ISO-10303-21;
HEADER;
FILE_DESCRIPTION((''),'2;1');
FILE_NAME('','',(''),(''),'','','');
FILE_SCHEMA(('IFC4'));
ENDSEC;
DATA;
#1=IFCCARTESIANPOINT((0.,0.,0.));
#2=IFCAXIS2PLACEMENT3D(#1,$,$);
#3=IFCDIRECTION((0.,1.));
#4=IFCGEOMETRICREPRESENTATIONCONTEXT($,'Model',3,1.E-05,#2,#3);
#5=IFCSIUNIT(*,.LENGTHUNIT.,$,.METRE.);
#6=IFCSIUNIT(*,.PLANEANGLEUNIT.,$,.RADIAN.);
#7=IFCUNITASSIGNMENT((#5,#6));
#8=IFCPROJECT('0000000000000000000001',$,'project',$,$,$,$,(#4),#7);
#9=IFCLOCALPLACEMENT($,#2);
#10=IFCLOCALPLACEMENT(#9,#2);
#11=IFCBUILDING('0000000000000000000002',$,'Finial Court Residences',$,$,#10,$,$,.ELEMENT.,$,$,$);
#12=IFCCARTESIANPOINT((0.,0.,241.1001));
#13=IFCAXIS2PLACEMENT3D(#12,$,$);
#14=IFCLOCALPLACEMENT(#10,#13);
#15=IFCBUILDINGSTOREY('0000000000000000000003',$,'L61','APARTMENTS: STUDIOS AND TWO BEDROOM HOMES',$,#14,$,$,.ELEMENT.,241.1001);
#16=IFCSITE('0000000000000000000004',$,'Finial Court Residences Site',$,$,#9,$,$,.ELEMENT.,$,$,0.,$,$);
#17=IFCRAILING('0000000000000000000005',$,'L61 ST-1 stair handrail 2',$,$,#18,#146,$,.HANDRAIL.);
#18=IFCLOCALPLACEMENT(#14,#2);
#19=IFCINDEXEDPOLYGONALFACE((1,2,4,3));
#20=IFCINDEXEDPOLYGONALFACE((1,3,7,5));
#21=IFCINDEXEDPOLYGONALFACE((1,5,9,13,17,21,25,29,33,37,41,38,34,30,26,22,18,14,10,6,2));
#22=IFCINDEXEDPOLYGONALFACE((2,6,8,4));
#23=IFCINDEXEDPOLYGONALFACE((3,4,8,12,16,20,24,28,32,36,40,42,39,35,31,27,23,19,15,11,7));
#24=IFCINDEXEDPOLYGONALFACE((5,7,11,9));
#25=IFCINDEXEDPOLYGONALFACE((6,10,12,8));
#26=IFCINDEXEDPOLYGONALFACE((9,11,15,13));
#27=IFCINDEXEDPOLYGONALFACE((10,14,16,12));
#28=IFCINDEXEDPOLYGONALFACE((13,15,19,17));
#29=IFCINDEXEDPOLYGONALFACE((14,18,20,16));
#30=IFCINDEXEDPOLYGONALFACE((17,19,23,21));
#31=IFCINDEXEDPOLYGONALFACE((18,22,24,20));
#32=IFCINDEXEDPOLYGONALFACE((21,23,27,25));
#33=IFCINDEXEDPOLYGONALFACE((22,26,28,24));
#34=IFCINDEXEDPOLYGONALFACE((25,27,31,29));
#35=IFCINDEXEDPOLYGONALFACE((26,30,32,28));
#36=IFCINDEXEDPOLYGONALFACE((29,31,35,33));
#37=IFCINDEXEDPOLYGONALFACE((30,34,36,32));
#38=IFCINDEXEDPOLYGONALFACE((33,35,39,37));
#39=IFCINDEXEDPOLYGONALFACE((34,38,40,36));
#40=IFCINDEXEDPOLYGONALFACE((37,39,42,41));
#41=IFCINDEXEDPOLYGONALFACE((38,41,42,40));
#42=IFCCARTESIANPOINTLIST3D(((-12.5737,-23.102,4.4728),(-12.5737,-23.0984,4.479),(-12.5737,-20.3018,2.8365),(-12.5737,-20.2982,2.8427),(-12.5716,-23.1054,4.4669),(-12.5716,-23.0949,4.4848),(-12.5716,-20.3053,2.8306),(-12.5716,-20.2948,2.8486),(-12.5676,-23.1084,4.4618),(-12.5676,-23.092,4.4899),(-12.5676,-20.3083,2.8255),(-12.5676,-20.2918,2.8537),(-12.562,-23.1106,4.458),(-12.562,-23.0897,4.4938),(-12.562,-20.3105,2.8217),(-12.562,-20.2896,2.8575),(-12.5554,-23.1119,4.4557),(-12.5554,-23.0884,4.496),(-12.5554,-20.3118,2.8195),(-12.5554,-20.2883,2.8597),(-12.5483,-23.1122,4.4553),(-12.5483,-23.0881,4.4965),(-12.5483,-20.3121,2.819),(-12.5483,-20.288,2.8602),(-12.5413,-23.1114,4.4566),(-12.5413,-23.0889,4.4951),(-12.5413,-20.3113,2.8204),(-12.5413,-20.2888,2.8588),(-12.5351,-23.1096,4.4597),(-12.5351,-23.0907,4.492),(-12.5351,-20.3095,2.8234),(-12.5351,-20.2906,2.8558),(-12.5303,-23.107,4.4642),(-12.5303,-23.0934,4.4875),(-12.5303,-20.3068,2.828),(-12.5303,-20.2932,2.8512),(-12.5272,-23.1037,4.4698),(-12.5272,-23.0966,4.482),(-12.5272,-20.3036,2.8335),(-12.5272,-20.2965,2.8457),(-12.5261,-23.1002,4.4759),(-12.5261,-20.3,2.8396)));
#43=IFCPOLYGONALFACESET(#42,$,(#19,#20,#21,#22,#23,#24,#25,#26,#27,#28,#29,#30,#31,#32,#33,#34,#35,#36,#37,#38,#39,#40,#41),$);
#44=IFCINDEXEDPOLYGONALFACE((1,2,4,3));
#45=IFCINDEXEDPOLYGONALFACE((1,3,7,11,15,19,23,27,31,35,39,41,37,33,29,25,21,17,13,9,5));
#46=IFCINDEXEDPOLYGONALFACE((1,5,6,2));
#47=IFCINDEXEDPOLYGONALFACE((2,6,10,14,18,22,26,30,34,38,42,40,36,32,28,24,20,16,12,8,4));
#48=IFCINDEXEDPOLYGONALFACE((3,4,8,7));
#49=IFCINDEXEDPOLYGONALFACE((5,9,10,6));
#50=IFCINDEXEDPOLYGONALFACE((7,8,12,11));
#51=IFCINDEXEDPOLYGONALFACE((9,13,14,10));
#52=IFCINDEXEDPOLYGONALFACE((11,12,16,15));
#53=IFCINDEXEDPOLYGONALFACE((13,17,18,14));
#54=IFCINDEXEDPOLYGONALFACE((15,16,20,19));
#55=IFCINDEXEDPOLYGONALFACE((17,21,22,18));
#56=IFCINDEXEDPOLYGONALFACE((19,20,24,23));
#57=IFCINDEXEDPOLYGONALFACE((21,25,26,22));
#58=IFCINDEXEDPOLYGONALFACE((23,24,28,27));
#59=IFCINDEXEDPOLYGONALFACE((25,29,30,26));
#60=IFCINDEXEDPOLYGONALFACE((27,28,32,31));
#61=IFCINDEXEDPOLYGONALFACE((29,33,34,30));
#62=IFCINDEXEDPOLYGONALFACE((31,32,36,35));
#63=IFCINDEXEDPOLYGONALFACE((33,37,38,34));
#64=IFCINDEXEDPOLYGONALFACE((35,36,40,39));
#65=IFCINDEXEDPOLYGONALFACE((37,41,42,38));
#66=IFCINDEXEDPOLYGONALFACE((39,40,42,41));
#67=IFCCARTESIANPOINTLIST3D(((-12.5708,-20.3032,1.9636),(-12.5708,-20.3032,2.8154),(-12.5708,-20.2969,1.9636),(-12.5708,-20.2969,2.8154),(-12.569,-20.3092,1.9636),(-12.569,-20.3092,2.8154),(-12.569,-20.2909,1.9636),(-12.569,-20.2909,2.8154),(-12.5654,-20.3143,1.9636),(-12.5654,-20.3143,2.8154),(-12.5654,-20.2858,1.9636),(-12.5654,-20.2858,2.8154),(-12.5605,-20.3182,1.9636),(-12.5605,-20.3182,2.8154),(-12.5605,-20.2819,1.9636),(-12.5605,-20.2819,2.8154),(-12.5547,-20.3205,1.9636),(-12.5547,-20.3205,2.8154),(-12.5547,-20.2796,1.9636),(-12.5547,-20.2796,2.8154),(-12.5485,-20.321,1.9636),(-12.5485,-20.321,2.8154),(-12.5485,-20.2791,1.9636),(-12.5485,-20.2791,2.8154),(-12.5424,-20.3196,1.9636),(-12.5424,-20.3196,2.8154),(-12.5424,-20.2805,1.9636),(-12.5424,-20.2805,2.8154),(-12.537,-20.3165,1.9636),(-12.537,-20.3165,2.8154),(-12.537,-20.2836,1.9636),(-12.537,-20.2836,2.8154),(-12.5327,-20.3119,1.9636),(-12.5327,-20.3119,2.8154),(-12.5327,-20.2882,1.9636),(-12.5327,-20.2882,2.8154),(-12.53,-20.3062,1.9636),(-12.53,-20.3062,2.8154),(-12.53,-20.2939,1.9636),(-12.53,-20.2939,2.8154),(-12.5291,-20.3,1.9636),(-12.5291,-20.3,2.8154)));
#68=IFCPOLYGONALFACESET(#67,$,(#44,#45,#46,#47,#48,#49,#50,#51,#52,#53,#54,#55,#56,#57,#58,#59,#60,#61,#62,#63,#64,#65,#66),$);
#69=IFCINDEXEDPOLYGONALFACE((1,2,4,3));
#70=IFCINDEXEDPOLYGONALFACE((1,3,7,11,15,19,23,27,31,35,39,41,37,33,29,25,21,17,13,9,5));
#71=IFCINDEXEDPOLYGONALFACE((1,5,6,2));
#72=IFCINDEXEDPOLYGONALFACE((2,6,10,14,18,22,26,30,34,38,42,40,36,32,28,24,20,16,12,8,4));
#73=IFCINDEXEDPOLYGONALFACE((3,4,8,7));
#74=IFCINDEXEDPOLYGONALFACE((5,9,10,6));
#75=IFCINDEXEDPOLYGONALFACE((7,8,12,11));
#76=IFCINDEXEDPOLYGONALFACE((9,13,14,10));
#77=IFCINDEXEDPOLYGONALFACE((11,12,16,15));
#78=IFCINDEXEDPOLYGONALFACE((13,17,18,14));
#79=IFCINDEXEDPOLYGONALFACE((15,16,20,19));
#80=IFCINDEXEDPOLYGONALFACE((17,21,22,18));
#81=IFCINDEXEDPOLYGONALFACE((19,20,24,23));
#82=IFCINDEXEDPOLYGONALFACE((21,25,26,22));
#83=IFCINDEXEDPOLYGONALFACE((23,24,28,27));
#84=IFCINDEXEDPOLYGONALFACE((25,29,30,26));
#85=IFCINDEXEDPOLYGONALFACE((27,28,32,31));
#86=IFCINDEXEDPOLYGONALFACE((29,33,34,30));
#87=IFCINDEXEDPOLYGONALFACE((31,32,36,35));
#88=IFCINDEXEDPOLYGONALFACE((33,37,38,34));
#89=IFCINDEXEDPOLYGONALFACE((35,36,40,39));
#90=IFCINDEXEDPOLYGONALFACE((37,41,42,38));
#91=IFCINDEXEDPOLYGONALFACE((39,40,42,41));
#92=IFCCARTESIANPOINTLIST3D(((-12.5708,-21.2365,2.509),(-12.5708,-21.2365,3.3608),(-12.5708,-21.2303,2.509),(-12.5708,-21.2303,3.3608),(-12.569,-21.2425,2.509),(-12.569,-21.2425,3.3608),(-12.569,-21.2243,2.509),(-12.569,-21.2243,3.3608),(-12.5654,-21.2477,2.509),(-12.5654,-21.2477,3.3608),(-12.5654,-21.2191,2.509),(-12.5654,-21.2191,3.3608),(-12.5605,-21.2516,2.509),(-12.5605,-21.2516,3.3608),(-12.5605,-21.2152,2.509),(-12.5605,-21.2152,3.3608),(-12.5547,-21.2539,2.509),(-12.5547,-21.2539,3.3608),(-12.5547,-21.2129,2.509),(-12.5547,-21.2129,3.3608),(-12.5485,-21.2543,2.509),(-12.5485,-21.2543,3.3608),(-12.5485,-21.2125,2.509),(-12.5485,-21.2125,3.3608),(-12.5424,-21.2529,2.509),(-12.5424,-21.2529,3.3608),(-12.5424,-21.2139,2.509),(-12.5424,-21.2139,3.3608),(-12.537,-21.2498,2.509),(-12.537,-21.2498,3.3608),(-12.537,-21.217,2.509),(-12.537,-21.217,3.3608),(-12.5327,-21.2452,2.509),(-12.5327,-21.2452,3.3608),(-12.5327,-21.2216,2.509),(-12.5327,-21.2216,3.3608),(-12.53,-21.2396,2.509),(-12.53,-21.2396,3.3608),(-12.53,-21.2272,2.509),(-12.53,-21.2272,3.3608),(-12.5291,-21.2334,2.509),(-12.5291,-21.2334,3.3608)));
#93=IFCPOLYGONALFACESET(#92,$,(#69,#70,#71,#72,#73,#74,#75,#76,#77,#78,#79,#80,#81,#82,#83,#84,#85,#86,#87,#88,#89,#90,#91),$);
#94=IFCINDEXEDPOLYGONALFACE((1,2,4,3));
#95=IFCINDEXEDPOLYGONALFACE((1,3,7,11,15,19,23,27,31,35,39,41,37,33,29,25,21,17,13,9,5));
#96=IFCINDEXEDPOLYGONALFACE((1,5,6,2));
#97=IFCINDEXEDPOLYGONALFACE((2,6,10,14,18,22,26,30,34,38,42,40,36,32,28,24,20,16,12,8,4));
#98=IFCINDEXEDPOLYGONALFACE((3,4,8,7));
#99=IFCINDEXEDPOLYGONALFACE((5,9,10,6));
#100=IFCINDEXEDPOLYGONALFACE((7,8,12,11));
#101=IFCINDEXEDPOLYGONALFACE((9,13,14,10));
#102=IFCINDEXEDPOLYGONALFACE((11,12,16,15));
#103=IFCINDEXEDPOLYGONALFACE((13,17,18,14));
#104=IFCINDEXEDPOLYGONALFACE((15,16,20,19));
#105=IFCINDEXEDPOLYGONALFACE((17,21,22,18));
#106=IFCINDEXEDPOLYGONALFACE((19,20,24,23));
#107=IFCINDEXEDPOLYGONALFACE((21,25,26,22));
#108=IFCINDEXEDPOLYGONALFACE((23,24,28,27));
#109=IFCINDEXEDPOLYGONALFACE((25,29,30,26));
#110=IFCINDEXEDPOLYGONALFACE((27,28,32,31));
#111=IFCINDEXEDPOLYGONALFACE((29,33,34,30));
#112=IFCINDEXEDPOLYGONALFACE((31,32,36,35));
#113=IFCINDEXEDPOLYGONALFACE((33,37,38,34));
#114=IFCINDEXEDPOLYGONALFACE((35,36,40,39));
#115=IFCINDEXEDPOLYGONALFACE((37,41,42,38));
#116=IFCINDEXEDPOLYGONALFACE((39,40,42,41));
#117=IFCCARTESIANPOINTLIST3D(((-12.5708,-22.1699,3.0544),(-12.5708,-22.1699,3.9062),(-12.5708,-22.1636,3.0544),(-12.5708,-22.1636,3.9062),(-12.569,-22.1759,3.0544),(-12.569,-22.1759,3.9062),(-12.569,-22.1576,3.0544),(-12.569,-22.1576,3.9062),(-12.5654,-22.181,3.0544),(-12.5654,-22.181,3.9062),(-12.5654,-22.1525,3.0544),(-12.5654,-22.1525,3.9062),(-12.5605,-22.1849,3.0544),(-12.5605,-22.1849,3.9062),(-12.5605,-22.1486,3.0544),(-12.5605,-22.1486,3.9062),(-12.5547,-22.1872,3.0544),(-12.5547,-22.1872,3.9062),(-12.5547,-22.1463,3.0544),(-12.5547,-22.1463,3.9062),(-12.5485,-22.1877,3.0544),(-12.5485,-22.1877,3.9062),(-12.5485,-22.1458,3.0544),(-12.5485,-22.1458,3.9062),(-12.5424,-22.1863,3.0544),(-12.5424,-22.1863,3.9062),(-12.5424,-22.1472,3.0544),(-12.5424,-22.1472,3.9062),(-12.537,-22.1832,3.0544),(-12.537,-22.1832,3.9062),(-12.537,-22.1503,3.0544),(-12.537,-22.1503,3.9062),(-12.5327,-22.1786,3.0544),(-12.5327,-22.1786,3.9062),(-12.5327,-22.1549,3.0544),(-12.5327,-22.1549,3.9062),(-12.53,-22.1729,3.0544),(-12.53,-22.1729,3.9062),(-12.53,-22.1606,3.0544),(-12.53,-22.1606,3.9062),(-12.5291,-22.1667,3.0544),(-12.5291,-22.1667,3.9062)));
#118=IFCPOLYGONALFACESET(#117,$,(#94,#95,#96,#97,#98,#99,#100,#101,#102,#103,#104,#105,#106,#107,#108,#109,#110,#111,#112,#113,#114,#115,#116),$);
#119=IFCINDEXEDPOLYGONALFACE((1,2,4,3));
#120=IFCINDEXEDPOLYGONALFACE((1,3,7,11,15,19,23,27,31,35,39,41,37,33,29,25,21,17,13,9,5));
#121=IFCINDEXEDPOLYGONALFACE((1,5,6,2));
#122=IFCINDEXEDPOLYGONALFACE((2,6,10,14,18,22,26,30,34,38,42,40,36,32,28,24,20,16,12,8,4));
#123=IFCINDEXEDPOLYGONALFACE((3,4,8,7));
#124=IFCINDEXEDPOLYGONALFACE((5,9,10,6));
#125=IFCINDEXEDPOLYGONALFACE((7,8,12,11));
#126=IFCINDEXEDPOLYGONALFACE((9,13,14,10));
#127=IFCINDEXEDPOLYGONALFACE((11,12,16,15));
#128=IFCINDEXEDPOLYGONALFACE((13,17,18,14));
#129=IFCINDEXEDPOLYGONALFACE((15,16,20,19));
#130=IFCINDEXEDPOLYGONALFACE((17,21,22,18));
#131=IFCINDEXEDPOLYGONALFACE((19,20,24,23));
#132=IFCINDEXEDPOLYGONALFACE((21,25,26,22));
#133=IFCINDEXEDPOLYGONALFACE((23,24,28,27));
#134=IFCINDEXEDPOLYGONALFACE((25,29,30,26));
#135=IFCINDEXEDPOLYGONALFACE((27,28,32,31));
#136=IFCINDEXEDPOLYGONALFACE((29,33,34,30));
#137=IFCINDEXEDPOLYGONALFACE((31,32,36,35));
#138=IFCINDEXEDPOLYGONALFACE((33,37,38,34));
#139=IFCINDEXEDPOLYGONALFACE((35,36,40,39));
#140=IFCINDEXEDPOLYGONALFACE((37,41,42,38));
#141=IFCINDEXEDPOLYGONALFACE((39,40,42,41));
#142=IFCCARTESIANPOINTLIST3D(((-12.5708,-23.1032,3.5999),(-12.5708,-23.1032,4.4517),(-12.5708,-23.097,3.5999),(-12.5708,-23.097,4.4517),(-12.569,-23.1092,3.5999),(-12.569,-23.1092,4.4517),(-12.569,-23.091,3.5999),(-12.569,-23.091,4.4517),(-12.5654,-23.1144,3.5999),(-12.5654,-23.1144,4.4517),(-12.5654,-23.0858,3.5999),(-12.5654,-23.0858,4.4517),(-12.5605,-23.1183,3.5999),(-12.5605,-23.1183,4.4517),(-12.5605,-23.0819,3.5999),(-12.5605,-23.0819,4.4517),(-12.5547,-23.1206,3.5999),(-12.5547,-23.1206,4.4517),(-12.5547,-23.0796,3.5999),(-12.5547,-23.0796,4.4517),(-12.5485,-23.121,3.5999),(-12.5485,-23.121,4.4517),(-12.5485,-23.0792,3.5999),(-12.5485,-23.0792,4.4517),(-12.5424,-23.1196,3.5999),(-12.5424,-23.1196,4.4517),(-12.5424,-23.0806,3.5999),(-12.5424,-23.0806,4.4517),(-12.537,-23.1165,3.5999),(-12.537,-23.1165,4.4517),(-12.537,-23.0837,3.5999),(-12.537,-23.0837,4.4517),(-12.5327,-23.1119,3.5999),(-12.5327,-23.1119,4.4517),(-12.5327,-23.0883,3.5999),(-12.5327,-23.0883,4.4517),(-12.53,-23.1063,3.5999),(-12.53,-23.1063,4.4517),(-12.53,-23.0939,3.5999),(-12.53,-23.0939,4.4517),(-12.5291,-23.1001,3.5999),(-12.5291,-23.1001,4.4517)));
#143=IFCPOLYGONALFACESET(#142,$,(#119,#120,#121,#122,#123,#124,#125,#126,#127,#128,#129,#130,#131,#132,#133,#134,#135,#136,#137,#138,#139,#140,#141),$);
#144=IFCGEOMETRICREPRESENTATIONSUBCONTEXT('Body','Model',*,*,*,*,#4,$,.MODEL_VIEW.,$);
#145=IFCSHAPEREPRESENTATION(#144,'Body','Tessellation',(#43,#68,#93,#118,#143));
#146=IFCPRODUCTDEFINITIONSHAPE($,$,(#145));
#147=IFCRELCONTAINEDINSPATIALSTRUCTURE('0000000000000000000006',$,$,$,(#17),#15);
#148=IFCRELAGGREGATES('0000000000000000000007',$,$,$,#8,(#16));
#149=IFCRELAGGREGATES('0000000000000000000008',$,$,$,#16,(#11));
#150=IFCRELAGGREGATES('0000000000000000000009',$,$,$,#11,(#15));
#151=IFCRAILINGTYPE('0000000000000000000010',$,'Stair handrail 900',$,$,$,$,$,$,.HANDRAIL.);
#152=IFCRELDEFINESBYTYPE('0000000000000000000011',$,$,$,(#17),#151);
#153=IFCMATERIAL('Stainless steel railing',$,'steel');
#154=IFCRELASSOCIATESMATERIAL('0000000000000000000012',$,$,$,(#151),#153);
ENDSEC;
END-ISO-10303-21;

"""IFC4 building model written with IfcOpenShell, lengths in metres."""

from ifc_helpers import new_model, si_unit, direction, frame, origin, origin_2d, place, context, subcontext, project, spatial, circle, extrude, material, type_object, element, save


model = new_model("IFC4")

# Units and contexts
model_context = context("Model", 3, precision=1e-05, world=origin(), true_north=direction((0.0, 1.0)))
body_context = subcontext(model_context, "Body", "Model", "MODEL_VIEW")
ifc_project = project(units=[si_unit("LENGTHUNIT", "METRE"), si_unit("PLANEANGLEUNIT", "RADIAN")], contexts=[model_context])

# Site, building, storey
site_placement = place(None, origin())
site = spatial("IfcSite", under=ifc_project, at=site_placement, Name="Finial Court Residences Site", CompositionType="ELEMENT", RefElevation=0.0)
building_placement = place(site_placement, origin())
building = spatial("IfcBuilding", under=site, at=building_placement, Name="Finial Court Residences", CompositionType="ELEMENT")
storey_placement = place(building_placement, frame((0.0, 0.0, 241.1001)))
storey = spatial("IfcBuildingStorey", under=building, at=storey_placement, Name="L61", Description="APARTMENTS: STUDIOS AND TWO BEDROOM HOMES", CompositionType="ELEMENT", Elevation=241.1001)

# Railing
ifc_material_1 = material(Name="Stainless steel railing", Category="steel")
railing_type_1 = type_object("IfcRailingType", Name="Stair handrail 900", PredefinedType="HANDRAIL", material=ifc_material_1)
railing_1_placement = place(storey_placement, frame((-12.55, -20.3, 1.9636)))
element("IfcRailing", 1, at=railing_1_placement, inside=storey, type_object=railing_type_1, Name="L61 ST-1 stair handrail 2", PredefinedType="HANDRAIL", context=body_context, shape_type="SweptSolid", body=[
    extrude(circle(Radius=0.0239, at=origin_2d()), frame((0.0, 0.0, 0.876), z_axis=(0.0, -0.863394, 0.504531), x_axis=(1.0, 0.0, 0.0)), (0.0, 0.0, 1.0), 3.2432),
    extrude(circle(Radius=0.021, at=origin_2d()), origin(), (0.0, 0.0, 1.0), 0.8518),
    extrude(circle(Radius=0.021, at=origin_2d()), frame((0.0, -0.9333, 0.5454)), (0.0, 0.0, 1.0), 0.8518),
    extrude(circle(Radius=0.021, at=origin_2d()), frame((0.0, -1.8667, 1.0908)), (0.0, 0.0, 1.0), 0.8518),
    extrude(circle(Radius=0.021, at=origin_2d()), frame((0.0, -2.8, 1.6362)), (0.0, 0.0, 1.0), 0.8518),
])

save(model, "model.ifc")
